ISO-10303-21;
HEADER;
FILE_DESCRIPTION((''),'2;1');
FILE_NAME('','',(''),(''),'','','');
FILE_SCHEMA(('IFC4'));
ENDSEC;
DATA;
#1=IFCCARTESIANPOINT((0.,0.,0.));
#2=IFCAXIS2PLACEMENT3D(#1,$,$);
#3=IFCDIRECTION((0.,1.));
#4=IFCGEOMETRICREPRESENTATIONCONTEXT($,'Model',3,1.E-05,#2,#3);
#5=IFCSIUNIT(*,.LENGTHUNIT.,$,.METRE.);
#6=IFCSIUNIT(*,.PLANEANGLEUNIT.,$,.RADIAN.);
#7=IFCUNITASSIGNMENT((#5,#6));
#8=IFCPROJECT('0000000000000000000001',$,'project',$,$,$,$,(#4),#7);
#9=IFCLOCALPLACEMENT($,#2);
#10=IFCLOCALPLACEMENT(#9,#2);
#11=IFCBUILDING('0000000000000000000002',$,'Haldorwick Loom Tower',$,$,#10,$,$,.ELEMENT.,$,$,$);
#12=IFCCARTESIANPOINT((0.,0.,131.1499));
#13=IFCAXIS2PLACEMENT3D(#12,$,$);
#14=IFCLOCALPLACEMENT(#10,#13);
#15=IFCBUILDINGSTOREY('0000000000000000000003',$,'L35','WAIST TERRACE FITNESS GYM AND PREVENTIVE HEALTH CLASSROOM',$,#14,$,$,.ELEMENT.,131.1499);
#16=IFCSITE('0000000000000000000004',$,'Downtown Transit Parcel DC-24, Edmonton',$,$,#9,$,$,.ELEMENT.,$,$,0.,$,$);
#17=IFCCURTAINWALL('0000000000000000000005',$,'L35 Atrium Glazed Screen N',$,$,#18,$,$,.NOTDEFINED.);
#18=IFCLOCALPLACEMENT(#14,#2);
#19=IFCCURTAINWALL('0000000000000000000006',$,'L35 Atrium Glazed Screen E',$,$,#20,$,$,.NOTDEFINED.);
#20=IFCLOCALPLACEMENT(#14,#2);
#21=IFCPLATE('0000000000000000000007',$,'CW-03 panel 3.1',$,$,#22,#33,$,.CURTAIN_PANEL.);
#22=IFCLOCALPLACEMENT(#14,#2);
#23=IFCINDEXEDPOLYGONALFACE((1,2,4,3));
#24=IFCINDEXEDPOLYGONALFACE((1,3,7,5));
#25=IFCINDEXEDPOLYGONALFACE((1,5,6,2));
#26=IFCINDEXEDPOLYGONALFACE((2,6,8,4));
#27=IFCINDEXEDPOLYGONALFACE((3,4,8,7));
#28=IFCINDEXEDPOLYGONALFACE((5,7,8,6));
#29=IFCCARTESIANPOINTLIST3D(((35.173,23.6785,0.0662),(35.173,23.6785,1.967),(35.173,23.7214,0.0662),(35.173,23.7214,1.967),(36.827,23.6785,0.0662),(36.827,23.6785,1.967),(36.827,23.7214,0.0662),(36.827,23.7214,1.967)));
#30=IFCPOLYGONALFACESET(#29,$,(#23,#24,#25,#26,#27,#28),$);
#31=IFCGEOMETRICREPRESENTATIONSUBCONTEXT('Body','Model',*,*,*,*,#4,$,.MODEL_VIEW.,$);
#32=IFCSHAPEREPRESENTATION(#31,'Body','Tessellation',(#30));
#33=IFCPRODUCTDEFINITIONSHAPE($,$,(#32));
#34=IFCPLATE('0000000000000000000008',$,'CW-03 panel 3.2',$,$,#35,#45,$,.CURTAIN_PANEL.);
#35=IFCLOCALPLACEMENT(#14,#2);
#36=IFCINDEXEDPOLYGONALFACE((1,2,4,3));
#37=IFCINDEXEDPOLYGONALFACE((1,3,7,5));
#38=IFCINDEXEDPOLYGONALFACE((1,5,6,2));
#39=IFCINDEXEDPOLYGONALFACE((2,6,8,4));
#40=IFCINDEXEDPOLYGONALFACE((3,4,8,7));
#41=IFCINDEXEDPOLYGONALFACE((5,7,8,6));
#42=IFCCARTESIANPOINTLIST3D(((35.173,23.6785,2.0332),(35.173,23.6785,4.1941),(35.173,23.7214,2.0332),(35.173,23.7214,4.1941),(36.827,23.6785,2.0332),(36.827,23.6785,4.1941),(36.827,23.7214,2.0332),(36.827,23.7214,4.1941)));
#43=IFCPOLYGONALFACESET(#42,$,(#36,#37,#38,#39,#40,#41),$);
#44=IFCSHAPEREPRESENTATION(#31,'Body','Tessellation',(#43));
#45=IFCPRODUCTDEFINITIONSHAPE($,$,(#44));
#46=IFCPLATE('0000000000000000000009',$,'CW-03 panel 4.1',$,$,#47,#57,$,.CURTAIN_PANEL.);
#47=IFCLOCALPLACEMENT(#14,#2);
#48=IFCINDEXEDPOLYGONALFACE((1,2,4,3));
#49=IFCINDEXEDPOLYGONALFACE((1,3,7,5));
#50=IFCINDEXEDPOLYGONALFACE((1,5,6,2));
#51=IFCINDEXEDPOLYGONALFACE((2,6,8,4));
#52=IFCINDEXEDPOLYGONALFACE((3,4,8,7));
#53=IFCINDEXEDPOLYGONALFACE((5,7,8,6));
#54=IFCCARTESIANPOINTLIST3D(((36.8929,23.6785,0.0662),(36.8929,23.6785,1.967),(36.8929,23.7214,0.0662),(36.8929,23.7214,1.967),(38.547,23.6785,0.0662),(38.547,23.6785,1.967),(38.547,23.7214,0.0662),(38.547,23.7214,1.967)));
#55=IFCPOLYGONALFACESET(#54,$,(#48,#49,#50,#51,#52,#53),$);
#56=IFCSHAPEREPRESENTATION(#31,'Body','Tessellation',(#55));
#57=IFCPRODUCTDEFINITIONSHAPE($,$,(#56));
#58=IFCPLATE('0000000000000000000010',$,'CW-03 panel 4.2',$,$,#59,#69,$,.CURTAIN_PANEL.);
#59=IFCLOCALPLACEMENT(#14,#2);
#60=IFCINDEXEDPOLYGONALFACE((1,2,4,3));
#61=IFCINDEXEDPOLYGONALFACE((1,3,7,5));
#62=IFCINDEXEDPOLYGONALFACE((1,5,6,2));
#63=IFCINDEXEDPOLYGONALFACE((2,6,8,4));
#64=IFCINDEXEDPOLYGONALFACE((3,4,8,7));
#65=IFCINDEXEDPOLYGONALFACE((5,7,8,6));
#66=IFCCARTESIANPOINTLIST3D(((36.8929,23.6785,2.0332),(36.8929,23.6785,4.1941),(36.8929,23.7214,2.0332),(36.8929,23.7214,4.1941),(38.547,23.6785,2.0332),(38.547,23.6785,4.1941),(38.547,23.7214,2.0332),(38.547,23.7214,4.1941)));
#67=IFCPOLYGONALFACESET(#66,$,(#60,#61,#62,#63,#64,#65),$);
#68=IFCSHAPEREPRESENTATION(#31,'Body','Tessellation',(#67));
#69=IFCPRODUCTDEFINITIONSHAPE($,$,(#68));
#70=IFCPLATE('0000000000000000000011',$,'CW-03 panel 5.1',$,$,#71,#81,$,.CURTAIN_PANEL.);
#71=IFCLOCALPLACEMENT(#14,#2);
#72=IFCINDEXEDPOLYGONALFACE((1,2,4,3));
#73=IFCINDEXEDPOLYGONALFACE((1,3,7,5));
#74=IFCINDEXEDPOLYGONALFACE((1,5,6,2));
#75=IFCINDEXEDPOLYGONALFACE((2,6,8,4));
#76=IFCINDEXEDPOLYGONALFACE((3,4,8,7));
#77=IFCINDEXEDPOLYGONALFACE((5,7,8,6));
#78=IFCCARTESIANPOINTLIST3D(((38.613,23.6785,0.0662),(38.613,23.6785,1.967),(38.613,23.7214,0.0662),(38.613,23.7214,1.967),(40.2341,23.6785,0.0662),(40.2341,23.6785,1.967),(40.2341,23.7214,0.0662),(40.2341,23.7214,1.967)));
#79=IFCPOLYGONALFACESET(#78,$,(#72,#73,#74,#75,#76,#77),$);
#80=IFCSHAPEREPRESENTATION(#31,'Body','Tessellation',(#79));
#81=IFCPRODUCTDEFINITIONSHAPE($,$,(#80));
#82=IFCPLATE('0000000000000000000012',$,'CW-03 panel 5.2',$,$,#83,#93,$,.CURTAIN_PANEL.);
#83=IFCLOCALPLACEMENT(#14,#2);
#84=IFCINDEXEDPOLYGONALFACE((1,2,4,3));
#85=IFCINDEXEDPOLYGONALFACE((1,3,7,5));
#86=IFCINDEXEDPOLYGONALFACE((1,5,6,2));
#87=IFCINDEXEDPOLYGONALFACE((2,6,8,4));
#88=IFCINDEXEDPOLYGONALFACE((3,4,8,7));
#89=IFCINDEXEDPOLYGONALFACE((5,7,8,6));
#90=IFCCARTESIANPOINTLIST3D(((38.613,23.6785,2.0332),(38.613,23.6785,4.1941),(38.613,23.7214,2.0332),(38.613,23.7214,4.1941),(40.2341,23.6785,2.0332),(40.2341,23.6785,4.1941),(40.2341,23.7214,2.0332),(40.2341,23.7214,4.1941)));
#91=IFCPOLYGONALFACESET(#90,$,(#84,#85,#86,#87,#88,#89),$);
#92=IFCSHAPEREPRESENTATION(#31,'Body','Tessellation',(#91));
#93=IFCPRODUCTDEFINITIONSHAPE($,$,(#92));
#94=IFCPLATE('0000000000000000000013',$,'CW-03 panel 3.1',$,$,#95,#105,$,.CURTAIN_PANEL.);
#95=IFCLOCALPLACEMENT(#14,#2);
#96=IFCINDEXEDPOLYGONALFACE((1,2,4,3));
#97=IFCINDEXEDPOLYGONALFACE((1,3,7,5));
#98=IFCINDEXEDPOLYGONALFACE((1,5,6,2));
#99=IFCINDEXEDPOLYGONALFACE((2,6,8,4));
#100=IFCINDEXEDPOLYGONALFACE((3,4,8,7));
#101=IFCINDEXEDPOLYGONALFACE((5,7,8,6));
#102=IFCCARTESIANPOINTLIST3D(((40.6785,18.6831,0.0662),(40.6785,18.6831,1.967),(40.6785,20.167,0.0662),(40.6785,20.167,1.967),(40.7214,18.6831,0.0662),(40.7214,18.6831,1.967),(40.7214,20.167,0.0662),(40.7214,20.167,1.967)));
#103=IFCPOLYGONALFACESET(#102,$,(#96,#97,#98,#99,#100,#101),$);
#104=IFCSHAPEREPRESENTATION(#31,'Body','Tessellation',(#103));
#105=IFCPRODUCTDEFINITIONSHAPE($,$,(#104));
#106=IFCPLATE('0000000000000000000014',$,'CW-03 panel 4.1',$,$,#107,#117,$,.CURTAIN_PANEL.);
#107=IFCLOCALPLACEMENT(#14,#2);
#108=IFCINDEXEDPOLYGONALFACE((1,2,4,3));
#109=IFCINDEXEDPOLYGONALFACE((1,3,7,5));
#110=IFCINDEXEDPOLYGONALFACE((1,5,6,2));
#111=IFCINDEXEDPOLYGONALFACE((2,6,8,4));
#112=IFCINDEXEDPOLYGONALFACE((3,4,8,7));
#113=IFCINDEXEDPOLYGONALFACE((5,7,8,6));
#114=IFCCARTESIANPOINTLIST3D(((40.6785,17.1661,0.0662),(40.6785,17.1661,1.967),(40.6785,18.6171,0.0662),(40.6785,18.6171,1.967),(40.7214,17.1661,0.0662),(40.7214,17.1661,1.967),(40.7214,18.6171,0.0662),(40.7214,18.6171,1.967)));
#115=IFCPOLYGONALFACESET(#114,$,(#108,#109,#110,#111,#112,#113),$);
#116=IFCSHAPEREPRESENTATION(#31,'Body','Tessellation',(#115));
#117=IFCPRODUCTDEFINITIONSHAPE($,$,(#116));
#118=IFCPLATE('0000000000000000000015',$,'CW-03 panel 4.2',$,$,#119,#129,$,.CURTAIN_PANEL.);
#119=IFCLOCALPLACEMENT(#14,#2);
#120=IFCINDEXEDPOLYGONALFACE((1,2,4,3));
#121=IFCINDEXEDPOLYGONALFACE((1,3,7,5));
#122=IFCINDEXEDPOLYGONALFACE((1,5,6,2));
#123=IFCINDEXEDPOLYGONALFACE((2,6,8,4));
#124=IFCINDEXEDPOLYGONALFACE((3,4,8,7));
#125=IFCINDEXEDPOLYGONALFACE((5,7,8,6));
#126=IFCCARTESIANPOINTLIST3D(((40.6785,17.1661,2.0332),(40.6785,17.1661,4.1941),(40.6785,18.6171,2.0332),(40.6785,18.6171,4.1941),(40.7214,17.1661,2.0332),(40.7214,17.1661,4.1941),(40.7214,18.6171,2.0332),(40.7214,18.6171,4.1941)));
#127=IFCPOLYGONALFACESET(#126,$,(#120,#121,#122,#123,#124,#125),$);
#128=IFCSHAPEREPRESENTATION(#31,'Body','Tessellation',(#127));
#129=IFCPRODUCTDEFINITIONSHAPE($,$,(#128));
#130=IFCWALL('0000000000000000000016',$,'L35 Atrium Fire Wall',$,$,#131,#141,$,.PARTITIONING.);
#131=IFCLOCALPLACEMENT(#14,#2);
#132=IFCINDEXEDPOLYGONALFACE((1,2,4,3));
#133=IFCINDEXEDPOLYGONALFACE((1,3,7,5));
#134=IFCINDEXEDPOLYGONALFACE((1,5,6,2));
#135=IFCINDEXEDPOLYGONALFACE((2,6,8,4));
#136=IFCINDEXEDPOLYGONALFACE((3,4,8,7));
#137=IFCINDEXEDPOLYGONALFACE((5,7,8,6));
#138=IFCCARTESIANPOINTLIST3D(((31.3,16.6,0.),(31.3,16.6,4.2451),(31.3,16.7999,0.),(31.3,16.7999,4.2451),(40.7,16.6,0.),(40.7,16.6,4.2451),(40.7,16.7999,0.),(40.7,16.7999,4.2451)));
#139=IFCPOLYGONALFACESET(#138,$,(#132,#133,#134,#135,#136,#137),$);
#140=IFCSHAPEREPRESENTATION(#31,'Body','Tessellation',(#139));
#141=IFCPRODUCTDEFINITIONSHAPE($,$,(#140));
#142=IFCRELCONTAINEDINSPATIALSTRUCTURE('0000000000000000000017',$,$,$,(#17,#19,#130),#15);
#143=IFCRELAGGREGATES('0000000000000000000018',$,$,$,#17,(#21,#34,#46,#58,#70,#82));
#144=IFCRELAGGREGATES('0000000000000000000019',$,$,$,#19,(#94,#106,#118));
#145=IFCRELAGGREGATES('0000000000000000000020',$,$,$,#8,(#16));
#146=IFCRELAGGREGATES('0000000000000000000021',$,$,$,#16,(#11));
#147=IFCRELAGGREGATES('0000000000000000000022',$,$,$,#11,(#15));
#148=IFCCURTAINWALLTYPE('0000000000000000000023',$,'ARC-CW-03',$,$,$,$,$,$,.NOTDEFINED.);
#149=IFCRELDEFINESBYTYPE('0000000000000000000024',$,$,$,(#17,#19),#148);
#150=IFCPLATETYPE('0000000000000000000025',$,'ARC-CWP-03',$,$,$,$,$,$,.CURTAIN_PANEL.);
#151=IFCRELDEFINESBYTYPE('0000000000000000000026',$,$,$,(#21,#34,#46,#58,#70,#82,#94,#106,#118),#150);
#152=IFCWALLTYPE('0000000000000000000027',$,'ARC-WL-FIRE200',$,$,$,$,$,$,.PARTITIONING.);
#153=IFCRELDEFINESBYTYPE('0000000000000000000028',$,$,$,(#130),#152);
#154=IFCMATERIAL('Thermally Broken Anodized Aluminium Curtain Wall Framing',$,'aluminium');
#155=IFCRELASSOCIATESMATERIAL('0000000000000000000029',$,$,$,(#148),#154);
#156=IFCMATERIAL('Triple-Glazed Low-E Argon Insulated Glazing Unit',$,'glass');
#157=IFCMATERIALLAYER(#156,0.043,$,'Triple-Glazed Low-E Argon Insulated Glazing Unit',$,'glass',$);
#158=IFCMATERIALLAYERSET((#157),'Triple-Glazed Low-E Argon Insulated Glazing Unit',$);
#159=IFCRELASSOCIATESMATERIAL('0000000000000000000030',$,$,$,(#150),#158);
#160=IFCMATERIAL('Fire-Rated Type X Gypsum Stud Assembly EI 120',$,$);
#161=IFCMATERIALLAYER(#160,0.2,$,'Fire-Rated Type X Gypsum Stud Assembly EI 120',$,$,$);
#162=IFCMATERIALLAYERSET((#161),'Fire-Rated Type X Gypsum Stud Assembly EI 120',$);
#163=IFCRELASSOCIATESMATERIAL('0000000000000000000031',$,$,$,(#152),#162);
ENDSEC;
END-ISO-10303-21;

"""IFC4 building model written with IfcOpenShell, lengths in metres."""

from ifc_helpers import new_model, si_unit, direction, frame, frame_2d, origin, origin_2d, place, context, subcontext, project, spatial, rectangle, extrude, material, layer, layer_set, type_object, element, aggregate, save


model = new_model("IFC4")

# Units and contexts
model_context = context("Model", 3, precision=1e-05, world=origin(), true_north=direction((0.0, 1.0)))
body_context = subcontext(model_context, "Body", "Model", "MODEL_VIEW")
ifc_project = project(units=[si_unit("LENGTHUNIT", "METRE"), si_unit("PLANEANGLEUNIT", "RADIAN")], contexts=[model_context])

# Site, building, storey
site_placement = place(None, origin())
site = spatial("IfcSite", under=ifc_project, at=site_placement, Name="Downtown Transit Parcel DC-24, Edmonton", CompositionType="ELEMENT", RefElevation=0.0)
building_placement = place(site_placement, origin())
building = spatial("IfcBuilding", under=site, at=building_placement, Name="Haldorwick Loom Tower", CompositionType="ELEMENT")
storey_placement = place(building_placement, frame((0.0, 0.0, 131.1499)))
storey = spatial("IfcBuildingStorey", under=building, at=storey_placement, Name="L35", Description="WAIST TERRACE FITNESS GYM AND PREVENTIVE HEALTH CLASSROOM", CompositionType="ELEMENT", Elevation=131.1499)

# Shared definitions
ifc_material_1 = material(Name="Thermally Broken Anodized Aluminium Curtain Wall Framing", Category="aluminium")
curtain_wall_type = type_object("IfcCurtainWallType", Name="ARC-CW-03", PredefinedType="NOTDEFINED", material=ifc_material_1)

# Curtain walls
curtain_wall_1_placement = place(storey_placement, origin())
curtain_wall_1 = element("IfcCurtainWall", 1, at=curtain_wall_1_placement, inside=storey, type_object=curtain_wall_type, Name="L35 Atrium Glazed Screen N", PredefinedType="NOTDEFINED")
curtain_wall_2_placement = place(storey_placement, origin())
curtain_wall_2 = element("IfcCurtainWall", 2, at=curtain_wall_2_placement, inside=storey, type_object=curtain_wall_type, Name="L35 Atrium Glazed Screen E", PredefinedType="NOTDEFINED")

# Plates
ifc_material_2 = material(Name="Triple-Glazed Low-E Argon Insulated Glazing Unit", Category="glass")
ifc_layer_1 = layer(ifc_material_2, 0.043, Name="Triple-Glazed Low-E Argon Insulated Glazing Unit", Category="glass")
ifc_layer_set_1 = layer_set([ifc_layer_1], Name="Triple-Glazed Low-E Argon Insulated Glazing Unit")
plate_type = type_object("IfcPlateType", Name="ARC-CWP-03", PredefinedType="CURTAIN_PANEL", material=ifc_layer_set_1)
plate_1_placement = place(storey_placement, frame((36.0, 23.7, 0.0662), z_axis=(0.0, 0.0, 1.0), x_axis=(1.0, 0.0, 0.0)))
plate_1 = element("IfcPlate", 3, at=plate_1_placement, type_object=plate_type, Name="CW-03 panel 3.1", PredefinedType="CURTAIN_PANEL", context=body_context, shape_type="SweptSolid", body=[
    extrude(rectangle(XDim=1.6541, YDim=0.043, at=origin_2d()), origin(), (0.0, 0.0, 1.0), 1.9009),
])
plate_2_placement = place(storey_placement, frame((36.0, 23.7, 2.0332), z_axis=(0.0, 0.0, 1.0), x_axis=(1.0, 0.0, 0.0)))
plate_2 = element("IfcPlate", 4, at=plate_2_placement, type_object=plate_type, Name="CW-03 panel 3.2", PredefinedType="CURTAIN_PANEL", context=body_context, shape_type="SweptSolid", body=[
    extrude(rectangle(XDim=1.6541, YDim=0.043, at=origin_2d()), origin(), (0.0, 0.0, 1.0), 2.1609),
])
plate_3_placement = place(storey_placement, frame((37.72, 23.7, 0.0662), z_axis=(0.0, 0.0, 1.0), x_axis=(1.0, 0.0, 0.0)))
plate_3 = element("IfcPlate", 5, at=plate_3_placement, type_object=plate_type, Name="CW-03 panel 4.1", PredefinedType="CURTAIN_PANEL", context=body_context, shape_type="SweptSolid", body=[
    extrude(rectangle(XDim=1.6541, YDim=0.043, at=origin_2d()), origin(), (0.0, 0.0, 1.0), 1.9009),
])
plate_4_placement = place(storey_placement, frame((37.72, 23.7, 2.0332), z_axis=(0.0, 0.0, 1.0), x_axis=(1.0, 0.0, 0.0)))
plate_4 = element("IfcPlate", 6, at=plate_4_placement, type_object=plate_type, Name="CW-03 panel 4.2", PredefinedType="CURTAIN_PANEL", context=body_context, shape_type="SweptSolid", body=[
    extrude(rectangle(XDim=1.6541, YDim=0.043, at=origin_2d()), origin(), (0.0, 0.0, 1.0), 2.1609),
])
plate_5_placement = place(storey_placement, frame((39.4236, 23.7, 0.0662), z_axis=(0.0, 0.0, 1.0), x_axis=(1.0, 0.0, 0.0)))
plate_5 = element("IfcPlate", 7, at=plate_5_placement, type_object=plate_type, Name="CW-03 panel 5.1", PredefinedType="CURTAIN_PANEL", context=body_context, shape_type="SweptSolid", body=[
    extrude(rectangle(XDim=1.6211, YDim=0.043, at=origin_2d()), origin(), (0.0, 0.0, 1.0), 1.9009),
])
plate_6_placement = place(storey_placement, frame((39.4236, 23.7, 2.0332), z_axis=(0.0, 0.0, 1.0), x_axis=(1.0, 0.0, 0.0)))
plate_6 = element("IfcPlate", 8, at=plate_6_placement, type_object=plate_type, Name="CW-03 panel 5.2", PredefinedType="CURTAIN_PANEL", context=body_context, shape_type="SweptSolid", body=[
    extrude(rectangle(XDim=1.6211, YDim=0.043, at=origin_2d()), origin(), (0.0, 0.0, 1.0), 2.1609),
])
aggregate(curtain_wall_1, [plate_1, plate_2, plate_3, plate_4, plate_5, plate_6])
plate_7_placement = place(storey_placement, frame((40.7, 19.425, 0.0662), z_axis=(0.0, 0.0, 1.0), x_axis=(0.0, -1.0, 0.0)))
plate_7 = element("IfcPlate", 9, at=plate_7_placement, type_object=plate_type, Name="CW-03 panel 3.1", PredefinedType="CURTAIN_PANEL", context=body_context, shape_type="SweptSolid", body=[
    extrude(rectangle(XDim=1.4839, YDim=0.043, at=origin_2d()), origin(), (0.0, 0.0, 1.0), 1.9009),
])
plate_8_placement = place(storey_placement, frame((40.7, 17.8916, 0.0662), z_axis=(0.0, 0.0, 1.0), x_axis=(0.0, -1.0, 0.0)))
plate_8 = element("IfcPlate", 10, at=plate_8_placement, type_object=plate_type, Name="CW-03 panel 4.1", PredefinedType="CURTAIN_PANEL", context=body_context, shape_type="SweptSolid", body=[
    extrude(rectangle(XDim=1.4509, YDim=0.043, at=origin_2d()), origin(), (0.0, 0.0, 1.0), 1.9009),
])
plate_9_placement = place(storey_placement, frame((40.7, 17.8916, 2.0332), z_axis=(0.0, 0.0, 1.0), x_axis=(0.0, -1.0, 0.0)))
plate_9 = element("IfcPlate", 11, at=plate_9_placement, type_object=plate_type, Name="CW-03 panel 4.2", PredefinedType="CURTAIN_PANEL", context=body_context, shape_type="SweptSolid", body=[
    extrude(rectangle(XDim=1.4509, YDim=0.043, at=origin_2d()), origin(), (0.0, 0.0, 1.0), 2.1609),
])
aggregate(curtain_wall_2, [plate_7, plate_8, plate_9])

# Wall
ifc_material_3 = material(Name="Fire-Rated Type X Gypsum Stud Assembly EI 120")
ifc_layer_2 = layer(ifc_material_3, 0.2, Name="Fire-Rated Type X Gypsum Stud Assembly EI 120")
ifc_layer_set_2 = layer_set([ifc_layer_2], Name="Fire-Rated Type X Gypsum Stud Assembly EI 120")
wall_type = type_object("IfcWallType", Name="ARC-WL-FIRE200", PredefinedType="PARTITIONING", material=ifc_layer_set_2)
wall_placement = place(storey_placement, frame((40.7, 16.7, 0.0), z_axis=(0.0, 0.0, 1.0), x_axis=(-1.0, 0.0, 0.0)))
element("IfcWall", 12, at=wall_placement, inside=storey, type_object=wall_type, Name="L35 Atrium Fire Wall", PredefinedType="PARTITIONING", context=body_context, shape_type="SweptSolid", body=[
    extrude(rectangle(XDim=9.3999, YDim=0.2, at=frame_2d((4.7, 0.0))), origin(), (0.0, 0.0, 1.0), 4.2451),
])

save(model, "model.ifc")
